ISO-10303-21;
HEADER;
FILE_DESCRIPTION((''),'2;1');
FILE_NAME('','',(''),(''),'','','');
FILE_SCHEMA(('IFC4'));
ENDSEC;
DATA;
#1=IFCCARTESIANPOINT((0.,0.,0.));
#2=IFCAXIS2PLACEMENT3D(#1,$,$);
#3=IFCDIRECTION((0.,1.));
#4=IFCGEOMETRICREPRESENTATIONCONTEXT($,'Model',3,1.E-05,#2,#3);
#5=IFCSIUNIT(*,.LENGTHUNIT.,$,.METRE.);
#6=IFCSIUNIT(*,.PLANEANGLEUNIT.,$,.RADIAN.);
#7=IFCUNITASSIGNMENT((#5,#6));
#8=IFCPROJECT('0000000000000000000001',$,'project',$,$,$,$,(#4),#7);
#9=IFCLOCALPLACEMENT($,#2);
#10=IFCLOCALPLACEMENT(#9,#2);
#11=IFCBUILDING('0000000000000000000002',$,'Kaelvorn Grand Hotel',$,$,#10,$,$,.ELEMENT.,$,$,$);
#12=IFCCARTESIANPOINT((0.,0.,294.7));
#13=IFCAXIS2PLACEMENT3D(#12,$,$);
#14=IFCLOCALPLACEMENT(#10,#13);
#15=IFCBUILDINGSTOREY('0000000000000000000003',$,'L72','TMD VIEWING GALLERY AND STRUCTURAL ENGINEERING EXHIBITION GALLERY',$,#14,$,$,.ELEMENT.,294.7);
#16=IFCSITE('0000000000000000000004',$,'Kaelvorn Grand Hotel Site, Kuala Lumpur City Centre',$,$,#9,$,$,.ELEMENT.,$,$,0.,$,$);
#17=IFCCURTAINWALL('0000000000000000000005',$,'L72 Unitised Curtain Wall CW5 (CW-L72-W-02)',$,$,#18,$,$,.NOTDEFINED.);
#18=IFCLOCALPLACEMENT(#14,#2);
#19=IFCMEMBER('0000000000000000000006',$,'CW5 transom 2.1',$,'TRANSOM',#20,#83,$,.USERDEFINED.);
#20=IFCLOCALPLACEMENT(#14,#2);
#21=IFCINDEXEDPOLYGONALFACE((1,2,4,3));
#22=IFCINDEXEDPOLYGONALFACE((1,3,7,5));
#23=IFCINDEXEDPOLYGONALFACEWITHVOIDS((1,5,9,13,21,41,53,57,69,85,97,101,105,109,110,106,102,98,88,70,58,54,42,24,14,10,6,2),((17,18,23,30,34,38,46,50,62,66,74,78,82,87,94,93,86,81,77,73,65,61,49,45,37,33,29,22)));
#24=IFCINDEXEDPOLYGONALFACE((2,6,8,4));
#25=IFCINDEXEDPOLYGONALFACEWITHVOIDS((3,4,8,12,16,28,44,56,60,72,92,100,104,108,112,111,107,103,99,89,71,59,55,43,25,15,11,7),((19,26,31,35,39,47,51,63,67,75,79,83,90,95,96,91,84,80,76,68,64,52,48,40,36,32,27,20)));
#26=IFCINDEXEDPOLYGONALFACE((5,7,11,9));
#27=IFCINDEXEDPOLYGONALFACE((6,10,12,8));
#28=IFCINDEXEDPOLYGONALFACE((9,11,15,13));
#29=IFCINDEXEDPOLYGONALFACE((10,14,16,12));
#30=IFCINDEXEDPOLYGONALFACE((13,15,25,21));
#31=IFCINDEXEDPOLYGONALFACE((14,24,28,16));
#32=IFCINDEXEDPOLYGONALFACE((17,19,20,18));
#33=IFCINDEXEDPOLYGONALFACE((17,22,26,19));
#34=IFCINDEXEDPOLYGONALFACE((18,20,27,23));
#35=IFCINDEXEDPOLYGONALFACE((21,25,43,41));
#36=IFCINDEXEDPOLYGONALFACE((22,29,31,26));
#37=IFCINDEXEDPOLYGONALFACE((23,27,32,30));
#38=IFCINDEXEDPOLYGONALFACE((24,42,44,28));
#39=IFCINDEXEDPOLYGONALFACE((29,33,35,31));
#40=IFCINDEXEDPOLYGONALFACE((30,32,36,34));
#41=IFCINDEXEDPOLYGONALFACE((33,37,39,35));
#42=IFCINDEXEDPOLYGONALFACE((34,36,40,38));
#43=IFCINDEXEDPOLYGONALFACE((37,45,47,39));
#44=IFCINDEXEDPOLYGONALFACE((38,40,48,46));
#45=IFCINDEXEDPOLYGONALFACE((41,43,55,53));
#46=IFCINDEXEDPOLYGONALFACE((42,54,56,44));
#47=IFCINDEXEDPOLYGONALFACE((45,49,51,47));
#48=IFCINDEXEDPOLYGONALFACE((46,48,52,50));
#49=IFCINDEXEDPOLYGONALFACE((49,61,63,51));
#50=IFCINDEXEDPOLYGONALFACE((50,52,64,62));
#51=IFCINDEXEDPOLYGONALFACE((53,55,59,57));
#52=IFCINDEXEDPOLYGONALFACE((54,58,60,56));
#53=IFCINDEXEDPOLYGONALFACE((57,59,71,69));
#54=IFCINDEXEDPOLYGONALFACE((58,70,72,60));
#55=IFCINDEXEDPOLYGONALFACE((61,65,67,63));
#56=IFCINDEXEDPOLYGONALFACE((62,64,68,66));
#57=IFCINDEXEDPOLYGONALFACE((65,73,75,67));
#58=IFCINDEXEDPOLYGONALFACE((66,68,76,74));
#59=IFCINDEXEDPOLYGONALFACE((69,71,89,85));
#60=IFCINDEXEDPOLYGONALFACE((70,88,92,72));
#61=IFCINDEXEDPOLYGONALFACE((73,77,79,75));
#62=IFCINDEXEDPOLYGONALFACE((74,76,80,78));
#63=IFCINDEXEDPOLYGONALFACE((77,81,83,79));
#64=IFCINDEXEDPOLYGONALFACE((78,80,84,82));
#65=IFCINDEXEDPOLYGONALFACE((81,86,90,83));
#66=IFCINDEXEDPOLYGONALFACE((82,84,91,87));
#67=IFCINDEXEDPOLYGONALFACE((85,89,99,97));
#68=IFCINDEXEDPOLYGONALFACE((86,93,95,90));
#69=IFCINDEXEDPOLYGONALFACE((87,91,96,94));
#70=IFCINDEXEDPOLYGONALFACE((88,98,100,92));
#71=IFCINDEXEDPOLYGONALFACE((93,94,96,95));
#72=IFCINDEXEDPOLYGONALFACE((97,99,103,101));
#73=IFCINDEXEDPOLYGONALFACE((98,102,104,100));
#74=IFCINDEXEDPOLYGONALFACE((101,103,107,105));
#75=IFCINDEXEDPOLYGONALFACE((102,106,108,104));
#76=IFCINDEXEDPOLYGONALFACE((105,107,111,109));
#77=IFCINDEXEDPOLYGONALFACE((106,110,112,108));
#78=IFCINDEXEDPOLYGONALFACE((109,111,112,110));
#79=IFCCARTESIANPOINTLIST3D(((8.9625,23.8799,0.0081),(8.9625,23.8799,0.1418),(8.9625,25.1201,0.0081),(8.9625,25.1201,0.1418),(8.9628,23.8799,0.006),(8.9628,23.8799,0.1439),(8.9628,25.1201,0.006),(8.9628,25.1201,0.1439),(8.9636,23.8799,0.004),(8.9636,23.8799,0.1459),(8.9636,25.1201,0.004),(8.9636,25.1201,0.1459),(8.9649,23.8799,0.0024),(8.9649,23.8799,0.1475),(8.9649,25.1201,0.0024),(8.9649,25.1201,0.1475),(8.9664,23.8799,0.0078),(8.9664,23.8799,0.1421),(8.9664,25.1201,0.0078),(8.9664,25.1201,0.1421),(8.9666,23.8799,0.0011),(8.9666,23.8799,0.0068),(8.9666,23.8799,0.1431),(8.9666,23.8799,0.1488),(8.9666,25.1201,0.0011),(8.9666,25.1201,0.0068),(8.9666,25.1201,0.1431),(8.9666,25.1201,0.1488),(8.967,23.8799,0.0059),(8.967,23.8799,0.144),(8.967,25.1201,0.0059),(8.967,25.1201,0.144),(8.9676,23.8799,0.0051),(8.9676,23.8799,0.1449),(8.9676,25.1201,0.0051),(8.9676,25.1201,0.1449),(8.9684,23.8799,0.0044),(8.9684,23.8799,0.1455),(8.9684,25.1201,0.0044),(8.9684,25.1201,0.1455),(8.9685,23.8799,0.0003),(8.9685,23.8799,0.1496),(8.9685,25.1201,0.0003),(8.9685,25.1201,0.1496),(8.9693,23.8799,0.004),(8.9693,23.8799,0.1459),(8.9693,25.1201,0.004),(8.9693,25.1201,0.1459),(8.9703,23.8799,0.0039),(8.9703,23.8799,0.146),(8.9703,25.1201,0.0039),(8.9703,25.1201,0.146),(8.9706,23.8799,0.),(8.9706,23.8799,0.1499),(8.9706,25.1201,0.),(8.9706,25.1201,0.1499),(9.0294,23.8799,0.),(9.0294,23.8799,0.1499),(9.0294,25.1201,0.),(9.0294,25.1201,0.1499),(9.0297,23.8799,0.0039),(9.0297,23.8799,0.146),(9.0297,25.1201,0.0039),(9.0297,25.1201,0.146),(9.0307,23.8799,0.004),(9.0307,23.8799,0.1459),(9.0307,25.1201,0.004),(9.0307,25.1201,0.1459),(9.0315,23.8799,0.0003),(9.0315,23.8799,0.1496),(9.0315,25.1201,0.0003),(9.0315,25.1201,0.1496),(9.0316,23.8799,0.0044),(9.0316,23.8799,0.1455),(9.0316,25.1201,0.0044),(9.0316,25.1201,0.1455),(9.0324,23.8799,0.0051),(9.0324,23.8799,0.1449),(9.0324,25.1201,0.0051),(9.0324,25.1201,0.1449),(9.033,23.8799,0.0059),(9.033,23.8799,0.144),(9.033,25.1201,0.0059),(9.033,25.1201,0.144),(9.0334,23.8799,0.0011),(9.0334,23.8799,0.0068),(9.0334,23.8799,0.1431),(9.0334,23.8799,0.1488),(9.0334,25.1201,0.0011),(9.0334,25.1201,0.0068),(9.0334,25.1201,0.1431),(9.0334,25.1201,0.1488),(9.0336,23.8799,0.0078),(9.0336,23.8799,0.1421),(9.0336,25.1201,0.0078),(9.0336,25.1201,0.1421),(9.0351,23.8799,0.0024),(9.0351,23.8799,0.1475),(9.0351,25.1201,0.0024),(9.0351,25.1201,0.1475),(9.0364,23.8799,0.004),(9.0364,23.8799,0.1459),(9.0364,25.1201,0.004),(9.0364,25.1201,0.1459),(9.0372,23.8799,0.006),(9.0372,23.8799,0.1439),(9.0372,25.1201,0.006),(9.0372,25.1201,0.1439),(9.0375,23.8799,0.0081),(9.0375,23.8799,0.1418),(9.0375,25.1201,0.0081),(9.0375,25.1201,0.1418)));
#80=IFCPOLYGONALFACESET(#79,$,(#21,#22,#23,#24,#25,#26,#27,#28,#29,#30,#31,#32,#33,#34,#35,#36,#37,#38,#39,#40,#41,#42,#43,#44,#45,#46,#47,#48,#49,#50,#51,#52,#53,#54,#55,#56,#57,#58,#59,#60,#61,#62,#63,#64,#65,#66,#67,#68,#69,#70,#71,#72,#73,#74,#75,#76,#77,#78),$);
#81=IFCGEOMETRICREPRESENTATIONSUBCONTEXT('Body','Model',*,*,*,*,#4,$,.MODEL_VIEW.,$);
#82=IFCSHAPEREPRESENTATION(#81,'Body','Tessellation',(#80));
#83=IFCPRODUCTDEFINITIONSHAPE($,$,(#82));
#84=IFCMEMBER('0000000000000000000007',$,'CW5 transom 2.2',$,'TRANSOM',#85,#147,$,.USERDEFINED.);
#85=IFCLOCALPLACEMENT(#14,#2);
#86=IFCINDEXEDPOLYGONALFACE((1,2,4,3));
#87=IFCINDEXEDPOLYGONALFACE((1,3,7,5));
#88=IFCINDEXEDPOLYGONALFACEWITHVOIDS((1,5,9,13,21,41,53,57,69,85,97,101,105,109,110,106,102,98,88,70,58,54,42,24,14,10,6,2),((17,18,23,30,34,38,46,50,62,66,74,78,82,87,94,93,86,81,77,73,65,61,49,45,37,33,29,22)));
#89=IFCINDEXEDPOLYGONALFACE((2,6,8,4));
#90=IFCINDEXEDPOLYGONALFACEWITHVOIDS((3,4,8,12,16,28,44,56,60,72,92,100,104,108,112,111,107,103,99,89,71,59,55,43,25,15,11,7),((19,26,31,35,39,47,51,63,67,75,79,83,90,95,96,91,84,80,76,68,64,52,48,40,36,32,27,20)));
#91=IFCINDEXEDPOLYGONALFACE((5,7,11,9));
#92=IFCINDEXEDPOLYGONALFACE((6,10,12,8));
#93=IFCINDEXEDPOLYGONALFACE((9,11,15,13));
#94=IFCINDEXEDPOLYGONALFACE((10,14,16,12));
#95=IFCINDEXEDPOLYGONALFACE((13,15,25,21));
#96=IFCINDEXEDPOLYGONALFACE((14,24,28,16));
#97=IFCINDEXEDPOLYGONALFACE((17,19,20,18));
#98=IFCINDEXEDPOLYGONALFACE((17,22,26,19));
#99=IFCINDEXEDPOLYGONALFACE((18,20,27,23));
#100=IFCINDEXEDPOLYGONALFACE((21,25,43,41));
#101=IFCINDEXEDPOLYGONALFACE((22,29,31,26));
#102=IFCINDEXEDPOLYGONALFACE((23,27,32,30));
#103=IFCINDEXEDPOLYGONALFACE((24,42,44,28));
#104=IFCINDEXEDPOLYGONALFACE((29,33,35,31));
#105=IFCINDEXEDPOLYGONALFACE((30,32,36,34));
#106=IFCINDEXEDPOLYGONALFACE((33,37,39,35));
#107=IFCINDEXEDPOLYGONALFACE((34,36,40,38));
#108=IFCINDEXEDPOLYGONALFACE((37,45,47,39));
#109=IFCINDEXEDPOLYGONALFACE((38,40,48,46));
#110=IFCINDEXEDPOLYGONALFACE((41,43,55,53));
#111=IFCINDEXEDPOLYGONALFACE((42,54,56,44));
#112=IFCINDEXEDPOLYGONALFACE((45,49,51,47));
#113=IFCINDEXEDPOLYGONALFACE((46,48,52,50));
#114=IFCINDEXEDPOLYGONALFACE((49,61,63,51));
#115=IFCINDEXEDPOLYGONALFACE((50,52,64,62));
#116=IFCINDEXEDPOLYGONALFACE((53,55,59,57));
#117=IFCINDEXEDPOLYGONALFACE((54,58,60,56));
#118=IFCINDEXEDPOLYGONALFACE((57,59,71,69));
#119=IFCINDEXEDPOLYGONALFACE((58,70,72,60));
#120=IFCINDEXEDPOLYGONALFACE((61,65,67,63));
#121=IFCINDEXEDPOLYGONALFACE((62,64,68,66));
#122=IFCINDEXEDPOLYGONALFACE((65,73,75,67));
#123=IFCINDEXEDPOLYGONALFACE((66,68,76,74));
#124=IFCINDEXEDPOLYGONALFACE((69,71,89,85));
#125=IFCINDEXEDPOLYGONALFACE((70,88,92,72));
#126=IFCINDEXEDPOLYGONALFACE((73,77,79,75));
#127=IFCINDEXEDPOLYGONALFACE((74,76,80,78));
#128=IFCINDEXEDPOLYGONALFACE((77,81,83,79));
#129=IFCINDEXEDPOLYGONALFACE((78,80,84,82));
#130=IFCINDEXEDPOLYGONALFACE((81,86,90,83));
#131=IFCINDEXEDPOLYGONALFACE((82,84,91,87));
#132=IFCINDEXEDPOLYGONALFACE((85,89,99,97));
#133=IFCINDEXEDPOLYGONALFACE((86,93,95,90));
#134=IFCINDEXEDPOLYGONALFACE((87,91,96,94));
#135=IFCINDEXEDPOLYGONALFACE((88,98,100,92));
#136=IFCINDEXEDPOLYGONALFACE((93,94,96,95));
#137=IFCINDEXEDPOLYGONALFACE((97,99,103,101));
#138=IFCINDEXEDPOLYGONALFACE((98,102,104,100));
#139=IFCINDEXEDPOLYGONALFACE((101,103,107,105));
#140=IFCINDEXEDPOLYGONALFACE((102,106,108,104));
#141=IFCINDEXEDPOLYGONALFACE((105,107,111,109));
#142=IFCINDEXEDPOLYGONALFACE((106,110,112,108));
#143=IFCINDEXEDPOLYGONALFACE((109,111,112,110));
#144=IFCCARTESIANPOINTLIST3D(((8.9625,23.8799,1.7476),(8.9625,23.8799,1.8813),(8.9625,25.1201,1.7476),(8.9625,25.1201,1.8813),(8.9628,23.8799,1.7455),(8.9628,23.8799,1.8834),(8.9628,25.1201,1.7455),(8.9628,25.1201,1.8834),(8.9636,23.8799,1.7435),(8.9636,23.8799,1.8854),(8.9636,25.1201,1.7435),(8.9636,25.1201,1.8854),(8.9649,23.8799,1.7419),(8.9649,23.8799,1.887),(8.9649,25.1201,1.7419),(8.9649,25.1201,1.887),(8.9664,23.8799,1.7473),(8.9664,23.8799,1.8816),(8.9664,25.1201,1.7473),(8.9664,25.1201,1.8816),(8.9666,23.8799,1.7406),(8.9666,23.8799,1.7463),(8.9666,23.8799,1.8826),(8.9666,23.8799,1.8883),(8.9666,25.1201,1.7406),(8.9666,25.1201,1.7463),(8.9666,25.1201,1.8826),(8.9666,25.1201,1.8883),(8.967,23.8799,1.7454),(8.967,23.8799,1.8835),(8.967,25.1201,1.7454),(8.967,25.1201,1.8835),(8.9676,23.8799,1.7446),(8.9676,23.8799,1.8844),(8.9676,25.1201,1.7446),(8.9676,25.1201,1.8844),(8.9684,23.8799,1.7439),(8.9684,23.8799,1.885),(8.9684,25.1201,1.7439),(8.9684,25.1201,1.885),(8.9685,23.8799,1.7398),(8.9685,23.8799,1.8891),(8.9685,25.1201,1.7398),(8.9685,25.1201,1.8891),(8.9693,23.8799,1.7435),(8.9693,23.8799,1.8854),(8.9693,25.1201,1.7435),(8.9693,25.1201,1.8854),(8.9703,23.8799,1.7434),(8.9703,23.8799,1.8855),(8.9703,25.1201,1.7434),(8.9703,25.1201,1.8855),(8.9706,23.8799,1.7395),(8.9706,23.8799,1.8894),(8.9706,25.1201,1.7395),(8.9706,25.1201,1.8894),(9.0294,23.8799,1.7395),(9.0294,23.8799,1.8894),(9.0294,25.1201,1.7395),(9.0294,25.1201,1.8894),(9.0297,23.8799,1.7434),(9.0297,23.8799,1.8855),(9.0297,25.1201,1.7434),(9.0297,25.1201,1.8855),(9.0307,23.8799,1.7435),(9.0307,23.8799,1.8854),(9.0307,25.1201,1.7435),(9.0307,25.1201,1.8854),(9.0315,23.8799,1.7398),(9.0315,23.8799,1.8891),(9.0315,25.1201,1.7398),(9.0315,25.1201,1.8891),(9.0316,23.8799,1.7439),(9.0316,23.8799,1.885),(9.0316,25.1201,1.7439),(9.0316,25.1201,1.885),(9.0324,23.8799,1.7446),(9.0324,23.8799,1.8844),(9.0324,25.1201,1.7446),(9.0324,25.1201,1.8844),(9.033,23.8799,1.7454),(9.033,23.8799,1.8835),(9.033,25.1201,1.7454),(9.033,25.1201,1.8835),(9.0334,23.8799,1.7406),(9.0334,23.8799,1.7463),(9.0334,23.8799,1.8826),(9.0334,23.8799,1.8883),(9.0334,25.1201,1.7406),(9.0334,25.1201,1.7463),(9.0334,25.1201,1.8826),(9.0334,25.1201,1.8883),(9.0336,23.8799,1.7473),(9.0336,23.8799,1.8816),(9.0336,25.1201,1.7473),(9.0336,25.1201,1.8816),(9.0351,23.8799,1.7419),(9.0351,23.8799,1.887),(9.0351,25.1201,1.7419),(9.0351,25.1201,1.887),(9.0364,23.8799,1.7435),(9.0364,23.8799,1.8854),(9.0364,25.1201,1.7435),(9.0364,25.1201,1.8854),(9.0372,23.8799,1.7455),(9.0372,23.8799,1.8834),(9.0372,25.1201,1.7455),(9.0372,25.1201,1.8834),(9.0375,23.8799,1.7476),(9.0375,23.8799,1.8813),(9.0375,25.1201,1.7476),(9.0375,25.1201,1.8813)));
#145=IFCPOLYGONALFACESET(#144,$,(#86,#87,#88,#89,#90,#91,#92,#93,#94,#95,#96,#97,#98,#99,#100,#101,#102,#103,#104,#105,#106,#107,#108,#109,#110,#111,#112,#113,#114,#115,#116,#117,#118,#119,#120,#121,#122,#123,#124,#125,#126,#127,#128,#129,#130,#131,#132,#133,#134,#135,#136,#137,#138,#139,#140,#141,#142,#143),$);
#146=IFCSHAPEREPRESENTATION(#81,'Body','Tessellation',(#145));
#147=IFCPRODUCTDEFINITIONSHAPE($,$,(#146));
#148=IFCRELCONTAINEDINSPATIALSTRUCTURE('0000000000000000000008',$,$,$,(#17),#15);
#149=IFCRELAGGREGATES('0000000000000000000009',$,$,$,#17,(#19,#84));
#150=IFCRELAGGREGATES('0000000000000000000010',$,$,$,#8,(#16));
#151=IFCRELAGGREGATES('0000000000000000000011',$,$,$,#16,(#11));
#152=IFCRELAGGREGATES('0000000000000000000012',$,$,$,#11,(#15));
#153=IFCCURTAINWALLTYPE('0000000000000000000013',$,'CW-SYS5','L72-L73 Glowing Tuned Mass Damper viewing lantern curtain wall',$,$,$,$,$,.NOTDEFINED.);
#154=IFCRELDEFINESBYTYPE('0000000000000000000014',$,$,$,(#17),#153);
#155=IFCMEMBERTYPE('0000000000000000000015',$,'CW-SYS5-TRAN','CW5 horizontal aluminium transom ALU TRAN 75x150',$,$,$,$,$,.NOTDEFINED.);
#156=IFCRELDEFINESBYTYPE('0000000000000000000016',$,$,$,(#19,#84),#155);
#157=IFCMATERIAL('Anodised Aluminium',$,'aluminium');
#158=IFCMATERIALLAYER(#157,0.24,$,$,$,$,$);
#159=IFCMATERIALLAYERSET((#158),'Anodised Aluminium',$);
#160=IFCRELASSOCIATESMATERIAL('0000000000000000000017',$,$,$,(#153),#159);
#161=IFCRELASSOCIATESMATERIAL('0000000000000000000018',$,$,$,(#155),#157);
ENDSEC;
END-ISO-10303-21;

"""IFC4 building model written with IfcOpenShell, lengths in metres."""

from ifc_helpers import new_model, si_unit, direction, frame, origin, origin_2d, place, context, subcontext, project, spatial, hollow_rectangle, extrude, material, layer, layer_set, material_profile, profile_set, type_object, element, aggregate, save


model = new_model("IFC4")

# Units and contexts
model_context = context("Model", 3, precision=1e-05, world=origin(), true_north=direction((0.0, 1.0)))
body_context = subcontext(model_context, "Body", "Model", "MODEL_VIEW")
ifc_project = project(units=[si_unit("LENGTHUNIT", "METRE"), si_unit("PLANEANGLEUNIT", "RADIAN")], contexts=[model_context])

# Site, building, storey
site_placement = place(None, origin())
site = spatial("IfcSite", under=ifc_project, at=site_placement, Name="Kaelvorn Grand Hotel Site, Kuala Lumpur City Centre", CompositionType="ELEMENT", RefElevation=0.0)
building_placement = place(site_placement, origin())
building = spatial("IfcBuilding", under=site, at=building_placement, Name="Kaelvorn Grand Hotel", CompositionType="ELEMENT")
storey_placement = place(building_placement, frame((0.0, 0.0, 294.7)))
storey = spatial("IfcBuildingStorey", under=building, at=storey_placement, Name="L72", Description="TMD VIEWING GALLERY AND STRUCTURAL ENGINEERING EXHIBITION GALLERY", CompositionType="ELEMENT", Elevation=294.7)

# Shared definitions
ifc_material_1 = material(Name="Anodised Aluminium", Category="aluminium")
ifc_layer_1 = layer(ifc_material_1, 0.24)
ifc_layer_set_1 = layer_set([ifc_layer_1], Name="Anodised Aluminium")
curtain_wall_type = type_object("IfcCurtainWallType", Name="CW-SYS5", Description="L72-L73 Glowing Tuned Mass Damper viewing lantern curtain wall", PredefinedType="NOTDEFINED", material=ifc_layer_set_1)

# Curtain wall, members
curtain_wall_1_placement = place(storey_placement, origin())
curtain_wall_1 = element("IfcCurtainWall", 1, at=curtain_wall_1_placement, inside=storey, type_object=curtain_wall_type, Name="L72 Unitised Curtain Wall CW5 (CW-L72-W-02)", PredefinedType="NOTDEFINED")
ifc_material_profile_1 = material_profile(ifc_material_1, hollow_rectangle(XDim=0.075, YDim=0.1499, WallThickness=0.0039, InnerFilletRadius=0.0039, OuterFilletRadius=0.0081, at=origin_2d()), Name="ALU TRAN 75x150")
ifc_profile_set_1 = profile_set([ifc_material_profile_1], Name="Anodised Aluminium")
member_type_1 = type_object("IfcMemberType", Name="CW-SYS5-TRAN", Description="CW5 horizontal aluminium transom ALU TRAN 75x150", PredefinedType="NOTDEFINED", material=ifc_profile_set_1)
member_1_placement = place(storey_placement, frame((9.0, 25.1201, 0.075), z_axis=(0.0, -1.0, 0.0), x_axis=(1.0, 0.0, 0.0)))
member_1 = element("IfcMember", 2, at=member_1_placement, type_object=member_type_1, Name="CW5 transom 2.1", ObjectType="TRANSOM", PredefinedType="USERDEFINED", context=body_context, shape_type="SweptSolid", body=[
    extrude(hollow_rectangle(XDim=0.075, YDim=0.1499, WallThickness=0.0039, InnerFilletRadius=0.0039, OuterFilletRadius=0.0081, at=origin_2d()), origin(), (0.0, 0.0, 1.0), 1.2402),
])
member_2_placement = place(storey_placement, frame((9.0, 25.1201, 1.8145), z_axis=(0.0, -1.0, 0.0), x_axis=(1.0, 0.0, 0.0)))
member_2 = element("IfcMember", 3, at=member_2_placement, type_object=member_type_1, Name="CW5 transom 2.2", ObjectType="TRANSOM", PredefinedType="USERDEFINED", context=body_context, shape_type="SweptSolid", body=[
    extrude(hollow_rectangle(XDim=0.075, YDim=0.1499, WallThickness=0.0039, InnerFilletRadius=0.0039, OuterFilletRadius=0.0081, at=origin_2d()), origin(), (0.0, 0.0, 1.0), 1.2402),
])

aggregate(curtain_wall_1, [member_1, member_2])

save(model, "model.ifc")
